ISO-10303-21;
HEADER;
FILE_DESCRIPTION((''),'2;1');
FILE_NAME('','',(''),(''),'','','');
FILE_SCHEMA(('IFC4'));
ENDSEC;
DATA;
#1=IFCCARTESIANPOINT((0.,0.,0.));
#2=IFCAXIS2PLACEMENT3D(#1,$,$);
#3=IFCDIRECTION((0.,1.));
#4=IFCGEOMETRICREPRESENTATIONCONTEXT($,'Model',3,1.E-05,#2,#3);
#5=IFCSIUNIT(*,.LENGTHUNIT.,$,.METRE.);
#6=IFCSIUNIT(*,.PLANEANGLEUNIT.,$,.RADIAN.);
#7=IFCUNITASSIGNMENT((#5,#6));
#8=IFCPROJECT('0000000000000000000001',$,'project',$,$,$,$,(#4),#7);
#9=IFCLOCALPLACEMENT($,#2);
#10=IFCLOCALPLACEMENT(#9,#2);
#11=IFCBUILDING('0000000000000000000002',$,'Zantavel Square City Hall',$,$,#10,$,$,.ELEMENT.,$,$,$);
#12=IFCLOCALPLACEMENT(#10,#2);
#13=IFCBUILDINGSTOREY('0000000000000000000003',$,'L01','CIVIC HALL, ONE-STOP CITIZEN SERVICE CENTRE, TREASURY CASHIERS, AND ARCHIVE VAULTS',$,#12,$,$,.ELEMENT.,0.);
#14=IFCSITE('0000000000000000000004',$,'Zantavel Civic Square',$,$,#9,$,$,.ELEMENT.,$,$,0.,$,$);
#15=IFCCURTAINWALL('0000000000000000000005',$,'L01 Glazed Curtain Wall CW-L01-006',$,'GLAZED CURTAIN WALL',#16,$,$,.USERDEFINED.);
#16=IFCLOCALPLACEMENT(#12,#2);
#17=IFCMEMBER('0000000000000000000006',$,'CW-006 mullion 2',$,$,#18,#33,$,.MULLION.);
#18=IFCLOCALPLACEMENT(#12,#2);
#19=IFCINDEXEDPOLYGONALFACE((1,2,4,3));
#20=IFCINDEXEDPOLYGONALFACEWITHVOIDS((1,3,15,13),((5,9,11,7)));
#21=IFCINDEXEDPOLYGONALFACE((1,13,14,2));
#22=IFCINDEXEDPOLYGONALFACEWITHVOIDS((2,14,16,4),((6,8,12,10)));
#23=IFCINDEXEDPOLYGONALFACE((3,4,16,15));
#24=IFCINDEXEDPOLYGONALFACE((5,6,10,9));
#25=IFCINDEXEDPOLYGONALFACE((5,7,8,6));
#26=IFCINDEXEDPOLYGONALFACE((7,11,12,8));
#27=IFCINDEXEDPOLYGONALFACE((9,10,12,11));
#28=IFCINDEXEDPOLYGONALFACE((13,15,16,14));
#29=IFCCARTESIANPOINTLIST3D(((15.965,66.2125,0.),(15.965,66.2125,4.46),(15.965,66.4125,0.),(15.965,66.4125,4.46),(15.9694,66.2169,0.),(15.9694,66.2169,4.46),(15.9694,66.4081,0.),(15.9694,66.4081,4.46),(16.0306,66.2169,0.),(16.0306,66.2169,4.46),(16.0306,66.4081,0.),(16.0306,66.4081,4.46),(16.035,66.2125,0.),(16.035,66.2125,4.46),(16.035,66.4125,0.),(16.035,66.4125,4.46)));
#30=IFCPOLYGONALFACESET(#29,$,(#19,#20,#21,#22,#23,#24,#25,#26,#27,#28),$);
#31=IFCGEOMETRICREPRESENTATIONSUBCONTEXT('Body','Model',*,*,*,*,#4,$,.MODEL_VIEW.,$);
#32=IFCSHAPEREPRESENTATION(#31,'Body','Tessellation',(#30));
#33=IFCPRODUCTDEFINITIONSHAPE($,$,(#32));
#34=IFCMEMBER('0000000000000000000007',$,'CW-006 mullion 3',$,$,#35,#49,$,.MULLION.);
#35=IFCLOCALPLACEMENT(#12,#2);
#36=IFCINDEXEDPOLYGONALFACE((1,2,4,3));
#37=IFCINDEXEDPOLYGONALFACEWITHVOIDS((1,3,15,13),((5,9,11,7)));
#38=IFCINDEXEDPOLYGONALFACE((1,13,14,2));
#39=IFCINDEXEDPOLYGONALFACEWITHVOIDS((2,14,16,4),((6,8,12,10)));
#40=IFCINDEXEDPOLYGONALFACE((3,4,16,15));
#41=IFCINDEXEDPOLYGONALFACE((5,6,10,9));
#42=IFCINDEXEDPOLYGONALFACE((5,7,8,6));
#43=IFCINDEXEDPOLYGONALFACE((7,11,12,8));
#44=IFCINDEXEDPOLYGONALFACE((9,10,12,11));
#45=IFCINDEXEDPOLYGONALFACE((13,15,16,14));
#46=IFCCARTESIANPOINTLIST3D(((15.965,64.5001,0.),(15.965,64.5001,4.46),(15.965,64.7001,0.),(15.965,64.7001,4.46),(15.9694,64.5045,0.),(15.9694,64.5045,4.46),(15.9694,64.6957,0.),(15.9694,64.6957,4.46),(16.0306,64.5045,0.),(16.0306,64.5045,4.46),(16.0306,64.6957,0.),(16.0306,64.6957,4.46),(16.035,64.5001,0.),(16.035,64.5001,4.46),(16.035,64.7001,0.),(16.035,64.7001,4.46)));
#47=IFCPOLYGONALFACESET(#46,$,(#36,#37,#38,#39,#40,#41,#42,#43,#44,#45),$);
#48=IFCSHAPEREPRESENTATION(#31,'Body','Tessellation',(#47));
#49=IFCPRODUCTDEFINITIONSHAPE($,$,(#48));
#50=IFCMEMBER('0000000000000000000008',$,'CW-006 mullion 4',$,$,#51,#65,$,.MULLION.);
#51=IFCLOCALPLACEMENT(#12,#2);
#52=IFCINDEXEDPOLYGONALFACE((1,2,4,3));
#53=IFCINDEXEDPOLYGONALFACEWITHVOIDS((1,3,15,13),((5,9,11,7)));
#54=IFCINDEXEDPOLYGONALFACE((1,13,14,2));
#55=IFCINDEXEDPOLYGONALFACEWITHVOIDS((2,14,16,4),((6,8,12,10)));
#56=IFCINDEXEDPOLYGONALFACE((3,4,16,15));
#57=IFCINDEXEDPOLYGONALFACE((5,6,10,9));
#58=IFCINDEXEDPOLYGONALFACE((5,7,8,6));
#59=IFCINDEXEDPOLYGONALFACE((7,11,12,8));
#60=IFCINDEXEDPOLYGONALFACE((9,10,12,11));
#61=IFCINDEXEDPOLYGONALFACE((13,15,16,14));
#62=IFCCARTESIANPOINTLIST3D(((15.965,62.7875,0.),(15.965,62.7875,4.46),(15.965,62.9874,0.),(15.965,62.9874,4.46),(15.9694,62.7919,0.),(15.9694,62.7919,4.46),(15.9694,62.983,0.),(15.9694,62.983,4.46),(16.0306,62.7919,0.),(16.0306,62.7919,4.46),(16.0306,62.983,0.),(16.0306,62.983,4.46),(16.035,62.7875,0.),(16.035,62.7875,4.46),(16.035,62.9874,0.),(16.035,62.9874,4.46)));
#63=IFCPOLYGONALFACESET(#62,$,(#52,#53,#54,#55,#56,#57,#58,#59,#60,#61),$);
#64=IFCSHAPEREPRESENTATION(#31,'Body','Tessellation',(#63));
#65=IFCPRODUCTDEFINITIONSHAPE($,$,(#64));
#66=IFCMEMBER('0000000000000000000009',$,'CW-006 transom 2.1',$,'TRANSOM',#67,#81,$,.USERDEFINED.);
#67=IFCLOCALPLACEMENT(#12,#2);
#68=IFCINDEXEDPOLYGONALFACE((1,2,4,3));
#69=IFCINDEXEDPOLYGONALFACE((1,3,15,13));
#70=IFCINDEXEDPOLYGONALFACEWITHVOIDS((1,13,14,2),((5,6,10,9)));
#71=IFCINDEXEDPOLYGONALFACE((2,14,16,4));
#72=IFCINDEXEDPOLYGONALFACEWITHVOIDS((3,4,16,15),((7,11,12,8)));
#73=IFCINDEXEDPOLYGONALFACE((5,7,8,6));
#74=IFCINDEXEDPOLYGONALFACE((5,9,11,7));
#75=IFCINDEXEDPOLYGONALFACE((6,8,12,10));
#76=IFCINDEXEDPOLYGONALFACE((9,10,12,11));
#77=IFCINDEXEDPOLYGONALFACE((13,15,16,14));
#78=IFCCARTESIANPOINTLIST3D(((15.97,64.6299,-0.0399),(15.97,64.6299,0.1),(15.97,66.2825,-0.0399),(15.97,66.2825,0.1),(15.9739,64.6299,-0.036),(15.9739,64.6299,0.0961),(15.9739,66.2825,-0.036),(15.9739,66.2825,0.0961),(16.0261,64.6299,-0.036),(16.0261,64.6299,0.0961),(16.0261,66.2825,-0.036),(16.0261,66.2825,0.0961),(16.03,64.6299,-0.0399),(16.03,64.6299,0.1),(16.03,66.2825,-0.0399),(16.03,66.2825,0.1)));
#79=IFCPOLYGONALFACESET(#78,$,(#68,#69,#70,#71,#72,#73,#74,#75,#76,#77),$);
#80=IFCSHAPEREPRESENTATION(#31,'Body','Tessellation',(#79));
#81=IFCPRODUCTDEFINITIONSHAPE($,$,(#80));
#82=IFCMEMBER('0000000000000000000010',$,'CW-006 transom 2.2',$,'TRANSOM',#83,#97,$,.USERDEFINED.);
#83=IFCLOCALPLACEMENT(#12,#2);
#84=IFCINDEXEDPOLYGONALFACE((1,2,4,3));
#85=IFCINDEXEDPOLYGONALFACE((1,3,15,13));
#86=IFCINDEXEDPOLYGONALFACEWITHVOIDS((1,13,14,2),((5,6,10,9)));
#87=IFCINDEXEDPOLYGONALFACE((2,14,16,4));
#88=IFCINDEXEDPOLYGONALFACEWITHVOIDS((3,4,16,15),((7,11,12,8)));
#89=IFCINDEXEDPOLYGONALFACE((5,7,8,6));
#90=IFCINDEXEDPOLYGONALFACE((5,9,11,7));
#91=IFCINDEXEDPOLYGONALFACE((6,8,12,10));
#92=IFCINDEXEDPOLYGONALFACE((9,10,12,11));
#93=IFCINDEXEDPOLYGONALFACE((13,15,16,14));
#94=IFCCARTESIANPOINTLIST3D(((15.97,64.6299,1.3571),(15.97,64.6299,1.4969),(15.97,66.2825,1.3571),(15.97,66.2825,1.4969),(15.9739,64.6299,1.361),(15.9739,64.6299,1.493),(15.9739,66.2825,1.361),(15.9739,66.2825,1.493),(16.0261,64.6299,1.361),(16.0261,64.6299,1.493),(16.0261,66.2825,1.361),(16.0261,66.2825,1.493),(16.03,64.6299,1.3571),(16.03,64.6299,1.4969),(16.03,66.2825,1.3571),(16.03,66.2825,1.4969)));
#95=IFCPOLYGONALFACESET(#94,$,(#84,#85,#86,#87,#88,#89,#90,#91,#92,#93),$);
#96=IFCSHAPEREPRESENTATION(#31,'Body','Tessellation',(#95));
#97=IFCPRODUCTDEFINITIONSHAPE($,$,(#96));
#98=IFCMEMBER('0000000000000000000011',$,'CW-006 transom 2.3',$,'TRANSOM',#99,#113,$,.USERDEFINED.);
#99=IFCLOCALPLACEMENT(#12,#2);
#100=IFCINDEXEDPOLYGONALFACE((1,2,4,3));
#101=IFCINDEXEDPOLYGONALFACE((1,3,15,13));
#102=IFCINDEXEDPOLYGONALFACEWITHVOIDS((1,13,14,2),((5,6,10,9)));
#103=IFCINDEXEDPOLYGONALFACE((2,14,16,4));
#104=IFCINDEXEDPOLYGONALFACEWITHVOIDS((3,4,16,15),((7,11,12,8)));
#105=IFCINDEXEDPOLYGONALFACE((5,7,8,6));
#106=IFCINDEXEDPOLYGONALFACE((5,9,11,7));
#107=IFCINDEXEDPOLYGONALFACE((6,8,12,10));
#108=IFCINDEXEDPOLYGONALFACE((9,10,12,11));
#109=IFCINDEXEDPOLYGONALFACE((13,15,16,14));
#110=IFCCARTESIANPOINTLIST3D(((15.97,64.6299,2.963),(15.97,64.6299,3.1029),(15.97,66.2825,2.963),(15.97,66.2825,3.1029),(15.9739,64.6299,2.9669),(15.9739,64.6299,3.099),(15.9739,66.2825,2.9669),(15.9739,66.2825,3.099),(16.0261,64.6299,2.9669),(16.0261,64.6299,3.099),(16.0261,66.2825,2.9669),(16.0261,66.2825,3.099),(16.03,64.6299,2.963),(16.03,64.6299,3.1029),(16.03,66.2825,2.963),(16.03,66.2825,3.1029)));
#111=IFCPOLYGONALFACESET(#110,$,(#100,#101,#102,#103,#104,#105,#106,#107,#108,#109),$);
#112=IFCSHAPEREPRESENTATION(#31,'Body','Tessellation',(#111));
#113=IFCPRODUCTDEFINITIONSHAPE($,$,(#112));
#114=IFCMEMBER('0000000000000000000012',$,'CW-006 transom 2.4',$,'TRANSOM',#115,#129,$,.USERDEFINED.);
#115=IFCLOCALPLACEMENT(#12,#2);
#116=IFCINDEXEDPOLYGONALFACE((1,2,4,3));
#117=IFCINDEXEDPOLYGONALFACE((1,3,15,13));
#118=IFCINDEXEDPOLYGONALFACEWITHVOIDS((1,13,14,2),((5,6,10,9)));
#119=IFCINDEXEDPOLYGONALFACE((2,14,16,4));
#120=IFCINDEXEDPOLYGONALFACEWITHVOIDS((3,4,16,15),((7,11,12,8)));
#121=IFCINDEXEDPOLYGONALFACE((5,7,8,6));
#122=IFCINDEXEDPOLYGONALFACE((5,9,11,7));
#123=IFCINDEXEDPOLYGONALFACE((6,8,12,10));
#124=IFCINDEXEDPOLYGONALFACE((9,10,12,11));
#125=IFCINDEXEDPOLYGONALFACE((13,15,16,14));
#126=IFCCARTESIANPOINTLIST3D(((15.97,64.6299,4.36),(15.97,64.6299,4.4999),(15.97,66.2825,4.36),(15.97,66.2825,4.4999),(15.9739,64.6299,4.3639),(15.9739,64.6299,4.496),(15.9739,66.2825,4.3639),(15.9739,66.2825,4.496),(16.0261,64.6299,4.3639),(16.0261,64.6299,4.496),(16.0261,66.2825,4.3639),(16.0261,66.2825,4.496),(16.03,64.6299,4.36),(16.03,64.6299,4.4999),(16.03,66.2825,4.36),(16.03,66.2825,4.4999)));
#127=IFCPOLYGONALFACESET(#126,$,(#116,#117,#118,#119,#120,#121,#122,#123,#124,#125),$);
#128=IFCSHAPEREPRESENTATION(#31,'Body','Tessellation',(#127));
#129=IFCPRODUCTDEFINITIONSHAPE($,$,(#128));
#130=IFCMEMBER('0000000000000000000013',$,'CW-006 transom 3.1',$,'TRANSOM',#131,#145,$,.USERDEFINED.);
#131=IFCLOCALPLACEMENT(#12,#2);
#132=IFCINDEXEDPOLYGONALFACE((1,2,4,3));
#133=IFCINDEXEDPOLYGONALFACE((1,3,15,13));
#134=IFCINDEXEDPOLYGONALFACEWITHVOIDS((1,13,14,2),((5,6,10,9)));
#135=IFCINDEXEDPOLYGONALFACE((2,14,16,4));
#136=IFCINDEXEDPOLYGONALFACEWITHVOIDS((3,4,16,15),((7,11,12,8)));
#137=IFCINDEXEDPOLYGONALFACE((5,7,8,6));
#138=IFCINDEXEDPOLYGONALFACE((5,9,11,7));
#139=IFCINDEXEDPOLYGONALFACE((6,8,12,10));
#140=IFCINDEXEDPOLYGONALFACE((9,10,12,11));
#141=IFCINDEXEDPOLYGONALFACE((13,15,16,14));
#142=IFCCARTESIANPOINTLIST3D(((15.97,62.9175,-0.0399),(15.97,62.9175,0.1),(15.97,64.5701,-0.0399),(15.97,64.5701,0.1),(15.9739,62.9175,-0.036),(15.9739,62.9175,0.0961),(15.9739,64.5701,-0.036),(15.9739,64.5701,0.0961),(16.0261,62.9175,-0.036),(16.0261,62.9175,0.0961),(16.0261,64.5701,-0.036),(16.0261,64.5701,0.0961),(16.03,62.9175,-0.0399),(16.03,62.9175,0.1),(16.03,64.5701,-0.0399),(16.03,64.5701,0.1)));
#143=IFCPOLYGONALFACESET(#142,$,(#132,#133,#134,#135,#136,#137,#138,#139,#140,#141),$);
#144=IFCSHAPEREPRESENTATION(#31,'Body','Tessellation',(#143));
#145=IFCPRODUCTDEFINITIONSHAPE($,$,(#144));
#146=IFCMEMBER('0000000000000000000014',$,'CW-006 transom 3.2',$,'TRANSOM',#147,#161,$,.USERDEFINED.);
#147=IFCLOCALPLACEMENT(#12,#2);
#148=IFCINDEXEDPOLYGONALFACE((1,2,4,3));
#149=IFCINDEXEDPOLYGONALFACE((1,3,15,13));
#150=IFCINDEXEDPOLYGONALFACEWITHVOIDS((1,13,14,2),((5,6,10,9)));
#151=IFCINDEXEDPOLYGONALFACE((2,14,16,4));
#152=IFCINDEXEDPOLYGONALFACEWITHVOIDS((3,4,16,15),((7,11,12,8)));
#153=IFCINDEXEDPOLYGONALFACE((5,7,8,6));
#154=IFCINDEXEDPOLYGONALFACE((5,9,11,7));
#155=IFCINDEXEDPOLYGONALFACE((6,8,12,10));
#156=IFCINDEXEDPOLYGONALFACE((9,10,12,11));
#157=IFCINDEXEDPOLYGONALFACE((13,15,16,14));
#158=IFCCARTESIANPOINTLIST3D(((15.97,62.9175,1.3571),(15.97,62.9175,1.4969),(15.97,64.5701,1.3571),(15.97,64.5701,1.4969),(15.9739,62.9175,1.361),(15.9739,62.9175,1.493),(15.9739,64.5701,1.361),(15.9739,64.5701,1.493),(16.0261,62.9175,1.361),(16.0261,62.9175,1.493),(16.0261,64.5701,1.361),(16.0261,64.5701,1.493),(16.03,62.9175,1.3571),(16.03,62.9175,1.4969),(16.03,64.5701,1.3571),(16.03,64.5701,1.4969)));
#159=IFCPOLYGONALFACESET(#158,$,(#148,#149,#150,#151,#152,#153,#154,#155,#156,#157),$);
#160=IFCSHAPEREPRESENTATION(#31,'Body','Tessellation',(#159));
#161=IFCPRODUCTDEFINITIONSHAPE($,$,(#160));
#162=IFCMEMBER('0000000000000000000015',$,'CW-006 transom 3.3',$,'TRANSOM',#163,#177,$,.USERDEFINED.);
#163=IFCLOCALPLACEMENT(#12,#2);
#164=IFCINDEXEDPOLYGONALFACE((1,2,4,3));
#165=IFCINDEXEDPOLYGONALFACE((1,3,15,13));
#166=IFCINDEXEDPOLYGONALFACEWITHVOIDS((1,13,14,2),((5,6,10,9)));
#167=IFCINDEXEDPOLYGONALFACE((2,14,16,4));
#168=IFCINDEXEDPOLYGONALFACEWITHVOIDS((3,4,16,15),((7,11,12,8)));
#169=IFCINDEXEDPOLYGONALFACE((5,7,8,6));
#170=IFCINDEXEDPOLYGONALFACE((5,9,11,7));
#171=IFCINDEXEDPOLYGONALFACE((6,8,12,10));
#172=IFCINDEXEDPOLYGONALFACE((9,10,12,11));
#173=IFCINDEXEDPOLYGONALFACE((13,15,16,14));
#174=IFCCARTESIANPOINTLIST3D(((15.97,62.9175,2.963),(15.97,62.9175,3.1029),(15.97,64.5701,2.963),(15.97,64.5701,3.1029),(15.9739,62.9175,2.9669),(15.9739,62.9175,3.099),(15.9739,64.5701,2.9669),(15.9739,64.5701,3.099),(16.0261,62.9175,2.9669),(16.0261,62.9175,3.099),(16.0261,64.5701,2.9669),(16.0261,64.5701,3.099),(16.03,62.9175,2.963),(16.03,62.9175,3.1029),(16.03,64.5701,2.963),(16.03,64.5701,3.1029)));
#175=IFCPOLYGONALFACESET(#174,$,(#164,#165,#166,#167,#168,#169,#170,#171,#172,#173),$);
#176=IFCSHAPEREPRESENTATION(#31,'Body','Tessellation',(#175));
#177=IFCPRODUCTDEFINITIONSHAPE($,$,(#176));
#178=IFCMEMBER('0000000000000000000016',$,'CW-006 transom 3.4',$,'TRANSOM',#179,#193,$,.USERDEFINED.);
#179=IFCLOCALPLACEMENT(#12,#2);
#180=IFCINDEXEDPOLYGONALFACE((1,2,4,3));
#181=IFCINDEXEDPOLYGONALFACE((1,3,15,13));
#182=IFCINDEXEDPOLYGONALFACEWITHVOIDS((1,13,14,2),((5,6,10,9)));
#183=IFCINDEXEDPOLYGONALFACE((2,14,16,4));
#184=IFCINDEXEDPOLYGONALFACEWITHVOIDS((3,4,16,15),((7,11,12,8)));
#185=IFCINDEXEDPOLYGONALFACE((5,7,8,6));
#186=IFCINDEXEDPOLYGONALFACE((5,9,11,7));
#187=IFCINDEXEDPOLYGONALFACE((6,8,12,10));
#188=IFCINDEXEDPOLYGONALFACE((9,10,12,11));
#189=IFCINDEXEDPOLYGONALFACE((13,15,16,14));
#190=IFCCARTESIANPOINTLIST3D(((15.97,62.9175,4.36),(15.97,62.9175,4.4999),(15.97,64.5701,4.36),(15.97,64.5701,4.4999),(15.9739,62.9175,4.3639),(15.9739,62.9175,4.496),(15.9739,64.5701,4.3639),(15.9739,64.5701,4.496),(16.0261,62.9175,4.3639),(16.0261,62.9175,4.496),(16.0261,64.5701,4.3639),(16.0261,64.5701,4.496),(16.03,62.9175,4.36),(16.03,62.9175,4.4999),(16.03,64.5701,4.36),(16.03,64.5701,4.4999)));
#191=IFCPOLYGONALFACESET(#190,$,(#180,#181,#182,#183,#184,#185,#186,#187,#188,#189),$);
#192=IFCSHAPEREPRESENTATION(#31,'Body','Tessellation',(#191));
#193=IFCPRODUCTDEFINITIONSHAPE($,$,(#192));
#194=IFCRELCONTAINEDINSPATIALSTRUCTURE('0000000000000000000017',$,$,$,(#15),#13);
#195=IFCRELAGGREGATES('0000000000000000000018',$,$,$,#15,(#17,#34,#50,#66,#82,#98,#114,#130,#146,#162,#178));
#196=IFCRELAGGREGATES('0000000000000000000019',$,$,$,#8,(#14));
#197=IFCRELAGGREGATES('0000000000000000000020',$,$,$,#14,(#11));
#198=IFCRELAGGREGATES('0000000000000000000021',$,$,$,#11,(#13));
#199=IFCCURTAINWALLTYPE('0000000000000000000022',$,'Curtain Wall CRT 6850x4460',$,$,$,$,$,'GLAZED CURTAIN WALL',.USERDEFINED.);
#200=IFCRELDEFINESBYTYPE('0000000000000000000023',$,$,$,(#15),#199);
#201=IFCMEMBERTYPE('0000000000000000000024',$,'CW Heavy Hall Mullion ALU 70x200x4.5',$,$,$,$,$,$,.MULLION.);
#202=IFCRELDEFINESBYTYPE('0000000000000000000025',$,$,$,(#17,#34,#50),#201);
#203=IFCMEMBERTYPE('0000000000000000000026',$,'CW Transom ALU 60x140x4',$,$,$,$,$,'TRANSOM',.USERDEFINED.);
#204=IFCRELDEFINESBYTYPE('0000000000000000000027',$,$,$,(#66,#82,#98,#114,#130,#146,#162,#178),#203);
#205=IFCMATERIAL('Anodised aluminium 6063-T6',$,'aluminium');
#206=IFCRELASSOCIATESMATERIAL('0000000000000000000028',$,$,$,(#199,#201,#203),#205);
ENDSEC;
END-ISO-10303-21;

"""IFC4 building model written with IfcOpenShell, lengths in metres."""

from ifc_helpers import new_model, si_unit, direction, frame, origin, origin_2d, place, context, subcontext, project, spatial, hollow_rectangle, extrude, material, material_profile, profile_set, type_object, element, aggregate, save


model = new_model("IFC4")

# Units and contexts
model_context = context("Model", 3, precision=1e-05, world=origin(), true_north=direction((0.0, 1.0)))
body_context = subcontext(model_context, "Body", "Model", "MODEL_VIEW")
ifc_project = project(units=[si_unit("LENGTHUNIT", "METRE"), si_unit("PLANEANGLEUNIT", "RADIAN")], contexts=[model_context])

# Site, building, storey
site_placement = place(None, origin())
site = spatial("IfcSite", under=ifc_project, at=site_placement, Name="Zantavel Civic Square", CompositionType="ELEMENT", RefElevation=0.0)
building_placement = place(site_placement, origin())
building = spatial("IfcBuilding", under=site, at=building_placement, Name="Zantavel Square City Hall", CompositionType="ELEMENT")
storey_placement = place(building_placement, origin())
storey = spatial("IfcBuildingStorey", under=building, at=storey_placement, Name="L01", Description="CIVIC HALL, ONE-STOP CITIZEN SERVICE CENTRE, TREASURY CASHIERS, AND ARCHIVE VAULTS", CompositionType="ELEMENT", Elevation=0.0)

# Curtain wall, members
ifc_material_1 = material(Name="Anodised aluminium 6063-T6", Category="aluminium")
curtain_wall_type = type_object("IfcCurtainWallType", Name="Curtain Wall CRT 6850x4460", ElementType="GLAZED CURTAIN WALL", PredefinedType="USERDEFINED", material=ifc_material_1)
curtain_wall_placement = place(storey_placement, origin())
curtain_wall = element("IfcCurtainWall", 1, at=curtain_wall_placement, inside=storey, type_object=curtain_wall_type, Name="L01 Glazed Curtain Wall CW-L01-006", ObjectType="GLAZED CURTAIN WALL", PredefinedType="USERDEFINED")
ifc_material_profile_1 = material_profile(ifc_material_1, hollow_rectangle(XDim=0.0701, YDim=0.2, WallThickness=0.0044, at=origin_2d()), Name="ALU 70x200x4.5")
ifc_profile_set_1 = profile_set([ifc_material_profile_1], Name="Anodised aluminium 6063-T6")
member_type_1 = type_object("IfcMemberType", Name="CW Heavy Hall Mullion ALU 70x200x4.5", PredefinedType="MULLION", material=ifc_profile_set_1)
member_1_placement = place(storey_placement, frame((16.0, 66.3125, 0.0), z_axis=(0.0, 0.0, 1.0), x_axis=(1.0, 0.0, 0.0)))
member_1 = element("IfcMember", 2, at=member_1_placement, type_object=member_type_1, Name="CW-006 mullion 2", PredefinedType="MULLION", context=body_context, shape_type="SweptSolid", body=[
    extrude(hollow_rectangle(XDim=0.0701, YDim=0.2, WallThickness=0.0044, at=origin_2d()), origin(), (0.0, 0.0, 1.0), 4.46),
])
member_2_placement = place(storey_placement, frame((16.0, 64.6001, 0.0), z_axis=(0.0, 0.0, 1.0), x_axis=(1.0, 0.0, 0.0)))
member_2 = element("IfcMember", 3, at=member_2_placement, type_object=member_type_1, Name="CW-006 mullion 3", PredefinedType="MULLION", context=body_context, shape_type="SweptSolid", body=[
    extrude(hollow_rectangle(XDim=0.0701, YDim=0.2, WallThickness=0.0044, at=origin_2d()), origin(), (0.0, 0.0, 1.0), 4.46),
])
member_3_placement = place(storey_placement, frame((16.0, 62.8875, 0.0), z_axis=(0.0, 0.0, 1.0), x_axis=(1.0, 0.0, 0.0)))
member_3 = element("IfcMember", 4, at=member_3_placement, type_object=member_type_1, Name="CW-006 mullion 4", PredefinedType="MULLION", context=body_context, shape_type="SweptSolid", body=[
    extrude(hollow_rectangle(XDim=0.0701, YDim=0.2, WallThickness=0.0044, at=origin_2d()), origin(), (0.0, 0.0, 1.0), 4.46),
])
ifc_material_profile_2 = material_profile(ifc_material_1, hollow_rectangle(XDim=0.0601, YDim=0.1399, WallThickness=0.0039, at=origin_2d()), Name="ALU 60x140x4")
ifc_profile_set_2 = profile_set([ifc_material_profile_2], Name="Anodised aluminium 6063-T6")
member_type_2 = type_object("IfcMemberType", Name="CW Transom ALU 60x140x4", ElementType="TRANSOM", PredefinedType="USERDEFINED", material=ifc_profile_set_2)
member_4_placement = place(storey_placement, frame((16.0, 66.2825, 0.03), z_axis=(0.0, -1.0, 0.0), x_axis=(1.0, 0.0, 0.0)))
member_4 = element("IfcMember", 5, at=member_4_placement, type_object=member_type_2, Name="CW-006 transom 2.1", ObjectType="TRANSOM", PredefinedType="USERDEFINED", context=body_context, shape_type="SweptSolid", body=[
    extrude(hollow_rectangle(XDim=0.0601, YDim=0.1399, WallThickness=0.0039, at=origin_2d()), origin(), (0.0, 0.0, 1.0), 1.6526),
])
member_5_placement = place(storey_placement, frame((16.0, 66.2825, 1.427), z_axis=(0.0, -1.0, 0.0), x_axis=(1.0, 0.0, 0.0)))
member_5 = element("IfcMember", 6, at=member_5_placement, type_object=member_type_2, Name="CW-006 transom 2.2", ObjectType="TRANSOM", PredefinedType="USERDEFINED", context=body_context, shape_type="SweptSolid", body=[
    extrude(hollow_rectangle(XDim=0.0601, YDim=0.1399, WallThickness=0.0039, at=origin_2d()), origin(), (0.0, 0.0, 1.0), 1.6526),
])
member_6_placement = place(storey_placement, frame((16.0, 66.2825, 3.033), z_axis=(0.0, -1.0, 0.0), x_axis=(1.0, 0.0, 0.0)))
member_6 = element("IfcMember", 7, at=member_6_placement, type_object=member_type_2, Name="CW-006 transom 2.3", ObjectType="TRANSOM", PredefinedType="USERDEFINED", context=body_context, shape_type="SweptSolid", body=[
    extrude(hollow_rectangle(XDim=0.0601, YDim=0.1399, WallThickness=0.0039, at=origin_2d()), origin(), (0.0, 0.0, 1.0), 1.6526),
])
member_7_placement = place(storey_placement, frame((16.0, 66.2825, 4.4299), z_axis=(0.0, -1.0, 0.0), x_axis=(1.0, 0.0, 0.0)))
member_7 = element("IfcMember", 8, at=member_7_placement, type_object=member_type_2, Name="CW-006 transom 2.4", ObjectType="TRANSOM", PredefinedType="USERDEFINED", context=body_context, shape_type="SweptSolid", body=[
    extrude(hollow_rectangle(XDim=0.0601, YDim=0.1399, WallThickness=0.0039, at=origin_2d()), origin(), (0.0, 0.0, 1.0), 1.6526),
])
member_8_placement = place(storey_placement, frame((16.0, 64.5701, 0.03), z_axis=(0.0, -1.0, 0.0), x_axis=(1.0, 0.0, 0.0)))
member_8 = element("IfcMember", 9, at=member_8_placement, type_object=member_type_2, Name="CW-006 transom 3.1", ObjectType="TRANSOM", PredefinedType="USERDEFINED", context=body_context, shape_type="SweptSolid", body=[
    extrude(hollow_rectangle(XDim=0.0601, YDim=0.1399, WallThickness=0.0039, at=origin_2d()), origin(), (0.0, 0.0, 1.0), 1.6526),
])
member_9_placement = place(storey_placement, frame((16.0, 64.5701, 1.427), z_axis=(0.0, -1.0, 0.0), x_axis=(1.0, 0.0, 0.0)))
member_9 = element("IfcMember", 10, at=member_9_placement, type_object=member_type_2, Name="CW-006 transom 3.2", ObjectType="TRANSOM", PredefinedType="USERDEFINED", context=body_context, shape_type="SweptSolid", body=[
    extrude(hollow_rectangle(XDim=0.0601, YDim=0.1399, WallThickness=0.0039, at=origin_2d()), origin(), (0.0, 0.0, 1.0), 1.6526),
])
member_10_placement = place(storey_placement, frame((16.0, 64.5701, 3.033), z_axis=(0.0, -1.0, 0.0), x_axis=(1.0, 0.0, 0.0)))
member_10 = element("IfcMember", 11, at=member_10_placement, type_object=member_type_2, Name="CW-006 transom 3.3", ObjectType="TRANSOM", PredefinedType="USERDEFINED", context=body_context, shape_type="SweptSolid", body=[
    extrude(hollow_rectangle(XDim=0.0601, YDim=0.1399, WallThickness=0.0039, at=origin_2d()), origin(), (0.0, 0.0, 1.0), 1.6526),
])
member_11_placement = place(storey_placement, frame((16.0, 64.5701, 4.4299), z_axis=(0.0, -1.0, 0.0), x_axis=(1.0, 0.0, 0.0)))
member_11 = element("IfcMember", 12, at=member_11_placement, type_object=member_type_2, Name="CW-006 transom 3.4", ObjectType="TRANSOM", PredefinedType="USERDEFINED", context=body_context, shape_type="SweptSolid", body=[
    extrude(hollow_rectangle(XDim=0.0601, YDim=0.1399, WallThickness=0.0039, at=origin_2d()), origin(), (0.0, 0.0, 1.0), 1.6526),
])
aggregate(curtain_wall, [member_1, member_2, member_3, member_4, member_5, member_6, member_7, member_8, member_9, member_10, member_11])

save(model, "model.ifc")
